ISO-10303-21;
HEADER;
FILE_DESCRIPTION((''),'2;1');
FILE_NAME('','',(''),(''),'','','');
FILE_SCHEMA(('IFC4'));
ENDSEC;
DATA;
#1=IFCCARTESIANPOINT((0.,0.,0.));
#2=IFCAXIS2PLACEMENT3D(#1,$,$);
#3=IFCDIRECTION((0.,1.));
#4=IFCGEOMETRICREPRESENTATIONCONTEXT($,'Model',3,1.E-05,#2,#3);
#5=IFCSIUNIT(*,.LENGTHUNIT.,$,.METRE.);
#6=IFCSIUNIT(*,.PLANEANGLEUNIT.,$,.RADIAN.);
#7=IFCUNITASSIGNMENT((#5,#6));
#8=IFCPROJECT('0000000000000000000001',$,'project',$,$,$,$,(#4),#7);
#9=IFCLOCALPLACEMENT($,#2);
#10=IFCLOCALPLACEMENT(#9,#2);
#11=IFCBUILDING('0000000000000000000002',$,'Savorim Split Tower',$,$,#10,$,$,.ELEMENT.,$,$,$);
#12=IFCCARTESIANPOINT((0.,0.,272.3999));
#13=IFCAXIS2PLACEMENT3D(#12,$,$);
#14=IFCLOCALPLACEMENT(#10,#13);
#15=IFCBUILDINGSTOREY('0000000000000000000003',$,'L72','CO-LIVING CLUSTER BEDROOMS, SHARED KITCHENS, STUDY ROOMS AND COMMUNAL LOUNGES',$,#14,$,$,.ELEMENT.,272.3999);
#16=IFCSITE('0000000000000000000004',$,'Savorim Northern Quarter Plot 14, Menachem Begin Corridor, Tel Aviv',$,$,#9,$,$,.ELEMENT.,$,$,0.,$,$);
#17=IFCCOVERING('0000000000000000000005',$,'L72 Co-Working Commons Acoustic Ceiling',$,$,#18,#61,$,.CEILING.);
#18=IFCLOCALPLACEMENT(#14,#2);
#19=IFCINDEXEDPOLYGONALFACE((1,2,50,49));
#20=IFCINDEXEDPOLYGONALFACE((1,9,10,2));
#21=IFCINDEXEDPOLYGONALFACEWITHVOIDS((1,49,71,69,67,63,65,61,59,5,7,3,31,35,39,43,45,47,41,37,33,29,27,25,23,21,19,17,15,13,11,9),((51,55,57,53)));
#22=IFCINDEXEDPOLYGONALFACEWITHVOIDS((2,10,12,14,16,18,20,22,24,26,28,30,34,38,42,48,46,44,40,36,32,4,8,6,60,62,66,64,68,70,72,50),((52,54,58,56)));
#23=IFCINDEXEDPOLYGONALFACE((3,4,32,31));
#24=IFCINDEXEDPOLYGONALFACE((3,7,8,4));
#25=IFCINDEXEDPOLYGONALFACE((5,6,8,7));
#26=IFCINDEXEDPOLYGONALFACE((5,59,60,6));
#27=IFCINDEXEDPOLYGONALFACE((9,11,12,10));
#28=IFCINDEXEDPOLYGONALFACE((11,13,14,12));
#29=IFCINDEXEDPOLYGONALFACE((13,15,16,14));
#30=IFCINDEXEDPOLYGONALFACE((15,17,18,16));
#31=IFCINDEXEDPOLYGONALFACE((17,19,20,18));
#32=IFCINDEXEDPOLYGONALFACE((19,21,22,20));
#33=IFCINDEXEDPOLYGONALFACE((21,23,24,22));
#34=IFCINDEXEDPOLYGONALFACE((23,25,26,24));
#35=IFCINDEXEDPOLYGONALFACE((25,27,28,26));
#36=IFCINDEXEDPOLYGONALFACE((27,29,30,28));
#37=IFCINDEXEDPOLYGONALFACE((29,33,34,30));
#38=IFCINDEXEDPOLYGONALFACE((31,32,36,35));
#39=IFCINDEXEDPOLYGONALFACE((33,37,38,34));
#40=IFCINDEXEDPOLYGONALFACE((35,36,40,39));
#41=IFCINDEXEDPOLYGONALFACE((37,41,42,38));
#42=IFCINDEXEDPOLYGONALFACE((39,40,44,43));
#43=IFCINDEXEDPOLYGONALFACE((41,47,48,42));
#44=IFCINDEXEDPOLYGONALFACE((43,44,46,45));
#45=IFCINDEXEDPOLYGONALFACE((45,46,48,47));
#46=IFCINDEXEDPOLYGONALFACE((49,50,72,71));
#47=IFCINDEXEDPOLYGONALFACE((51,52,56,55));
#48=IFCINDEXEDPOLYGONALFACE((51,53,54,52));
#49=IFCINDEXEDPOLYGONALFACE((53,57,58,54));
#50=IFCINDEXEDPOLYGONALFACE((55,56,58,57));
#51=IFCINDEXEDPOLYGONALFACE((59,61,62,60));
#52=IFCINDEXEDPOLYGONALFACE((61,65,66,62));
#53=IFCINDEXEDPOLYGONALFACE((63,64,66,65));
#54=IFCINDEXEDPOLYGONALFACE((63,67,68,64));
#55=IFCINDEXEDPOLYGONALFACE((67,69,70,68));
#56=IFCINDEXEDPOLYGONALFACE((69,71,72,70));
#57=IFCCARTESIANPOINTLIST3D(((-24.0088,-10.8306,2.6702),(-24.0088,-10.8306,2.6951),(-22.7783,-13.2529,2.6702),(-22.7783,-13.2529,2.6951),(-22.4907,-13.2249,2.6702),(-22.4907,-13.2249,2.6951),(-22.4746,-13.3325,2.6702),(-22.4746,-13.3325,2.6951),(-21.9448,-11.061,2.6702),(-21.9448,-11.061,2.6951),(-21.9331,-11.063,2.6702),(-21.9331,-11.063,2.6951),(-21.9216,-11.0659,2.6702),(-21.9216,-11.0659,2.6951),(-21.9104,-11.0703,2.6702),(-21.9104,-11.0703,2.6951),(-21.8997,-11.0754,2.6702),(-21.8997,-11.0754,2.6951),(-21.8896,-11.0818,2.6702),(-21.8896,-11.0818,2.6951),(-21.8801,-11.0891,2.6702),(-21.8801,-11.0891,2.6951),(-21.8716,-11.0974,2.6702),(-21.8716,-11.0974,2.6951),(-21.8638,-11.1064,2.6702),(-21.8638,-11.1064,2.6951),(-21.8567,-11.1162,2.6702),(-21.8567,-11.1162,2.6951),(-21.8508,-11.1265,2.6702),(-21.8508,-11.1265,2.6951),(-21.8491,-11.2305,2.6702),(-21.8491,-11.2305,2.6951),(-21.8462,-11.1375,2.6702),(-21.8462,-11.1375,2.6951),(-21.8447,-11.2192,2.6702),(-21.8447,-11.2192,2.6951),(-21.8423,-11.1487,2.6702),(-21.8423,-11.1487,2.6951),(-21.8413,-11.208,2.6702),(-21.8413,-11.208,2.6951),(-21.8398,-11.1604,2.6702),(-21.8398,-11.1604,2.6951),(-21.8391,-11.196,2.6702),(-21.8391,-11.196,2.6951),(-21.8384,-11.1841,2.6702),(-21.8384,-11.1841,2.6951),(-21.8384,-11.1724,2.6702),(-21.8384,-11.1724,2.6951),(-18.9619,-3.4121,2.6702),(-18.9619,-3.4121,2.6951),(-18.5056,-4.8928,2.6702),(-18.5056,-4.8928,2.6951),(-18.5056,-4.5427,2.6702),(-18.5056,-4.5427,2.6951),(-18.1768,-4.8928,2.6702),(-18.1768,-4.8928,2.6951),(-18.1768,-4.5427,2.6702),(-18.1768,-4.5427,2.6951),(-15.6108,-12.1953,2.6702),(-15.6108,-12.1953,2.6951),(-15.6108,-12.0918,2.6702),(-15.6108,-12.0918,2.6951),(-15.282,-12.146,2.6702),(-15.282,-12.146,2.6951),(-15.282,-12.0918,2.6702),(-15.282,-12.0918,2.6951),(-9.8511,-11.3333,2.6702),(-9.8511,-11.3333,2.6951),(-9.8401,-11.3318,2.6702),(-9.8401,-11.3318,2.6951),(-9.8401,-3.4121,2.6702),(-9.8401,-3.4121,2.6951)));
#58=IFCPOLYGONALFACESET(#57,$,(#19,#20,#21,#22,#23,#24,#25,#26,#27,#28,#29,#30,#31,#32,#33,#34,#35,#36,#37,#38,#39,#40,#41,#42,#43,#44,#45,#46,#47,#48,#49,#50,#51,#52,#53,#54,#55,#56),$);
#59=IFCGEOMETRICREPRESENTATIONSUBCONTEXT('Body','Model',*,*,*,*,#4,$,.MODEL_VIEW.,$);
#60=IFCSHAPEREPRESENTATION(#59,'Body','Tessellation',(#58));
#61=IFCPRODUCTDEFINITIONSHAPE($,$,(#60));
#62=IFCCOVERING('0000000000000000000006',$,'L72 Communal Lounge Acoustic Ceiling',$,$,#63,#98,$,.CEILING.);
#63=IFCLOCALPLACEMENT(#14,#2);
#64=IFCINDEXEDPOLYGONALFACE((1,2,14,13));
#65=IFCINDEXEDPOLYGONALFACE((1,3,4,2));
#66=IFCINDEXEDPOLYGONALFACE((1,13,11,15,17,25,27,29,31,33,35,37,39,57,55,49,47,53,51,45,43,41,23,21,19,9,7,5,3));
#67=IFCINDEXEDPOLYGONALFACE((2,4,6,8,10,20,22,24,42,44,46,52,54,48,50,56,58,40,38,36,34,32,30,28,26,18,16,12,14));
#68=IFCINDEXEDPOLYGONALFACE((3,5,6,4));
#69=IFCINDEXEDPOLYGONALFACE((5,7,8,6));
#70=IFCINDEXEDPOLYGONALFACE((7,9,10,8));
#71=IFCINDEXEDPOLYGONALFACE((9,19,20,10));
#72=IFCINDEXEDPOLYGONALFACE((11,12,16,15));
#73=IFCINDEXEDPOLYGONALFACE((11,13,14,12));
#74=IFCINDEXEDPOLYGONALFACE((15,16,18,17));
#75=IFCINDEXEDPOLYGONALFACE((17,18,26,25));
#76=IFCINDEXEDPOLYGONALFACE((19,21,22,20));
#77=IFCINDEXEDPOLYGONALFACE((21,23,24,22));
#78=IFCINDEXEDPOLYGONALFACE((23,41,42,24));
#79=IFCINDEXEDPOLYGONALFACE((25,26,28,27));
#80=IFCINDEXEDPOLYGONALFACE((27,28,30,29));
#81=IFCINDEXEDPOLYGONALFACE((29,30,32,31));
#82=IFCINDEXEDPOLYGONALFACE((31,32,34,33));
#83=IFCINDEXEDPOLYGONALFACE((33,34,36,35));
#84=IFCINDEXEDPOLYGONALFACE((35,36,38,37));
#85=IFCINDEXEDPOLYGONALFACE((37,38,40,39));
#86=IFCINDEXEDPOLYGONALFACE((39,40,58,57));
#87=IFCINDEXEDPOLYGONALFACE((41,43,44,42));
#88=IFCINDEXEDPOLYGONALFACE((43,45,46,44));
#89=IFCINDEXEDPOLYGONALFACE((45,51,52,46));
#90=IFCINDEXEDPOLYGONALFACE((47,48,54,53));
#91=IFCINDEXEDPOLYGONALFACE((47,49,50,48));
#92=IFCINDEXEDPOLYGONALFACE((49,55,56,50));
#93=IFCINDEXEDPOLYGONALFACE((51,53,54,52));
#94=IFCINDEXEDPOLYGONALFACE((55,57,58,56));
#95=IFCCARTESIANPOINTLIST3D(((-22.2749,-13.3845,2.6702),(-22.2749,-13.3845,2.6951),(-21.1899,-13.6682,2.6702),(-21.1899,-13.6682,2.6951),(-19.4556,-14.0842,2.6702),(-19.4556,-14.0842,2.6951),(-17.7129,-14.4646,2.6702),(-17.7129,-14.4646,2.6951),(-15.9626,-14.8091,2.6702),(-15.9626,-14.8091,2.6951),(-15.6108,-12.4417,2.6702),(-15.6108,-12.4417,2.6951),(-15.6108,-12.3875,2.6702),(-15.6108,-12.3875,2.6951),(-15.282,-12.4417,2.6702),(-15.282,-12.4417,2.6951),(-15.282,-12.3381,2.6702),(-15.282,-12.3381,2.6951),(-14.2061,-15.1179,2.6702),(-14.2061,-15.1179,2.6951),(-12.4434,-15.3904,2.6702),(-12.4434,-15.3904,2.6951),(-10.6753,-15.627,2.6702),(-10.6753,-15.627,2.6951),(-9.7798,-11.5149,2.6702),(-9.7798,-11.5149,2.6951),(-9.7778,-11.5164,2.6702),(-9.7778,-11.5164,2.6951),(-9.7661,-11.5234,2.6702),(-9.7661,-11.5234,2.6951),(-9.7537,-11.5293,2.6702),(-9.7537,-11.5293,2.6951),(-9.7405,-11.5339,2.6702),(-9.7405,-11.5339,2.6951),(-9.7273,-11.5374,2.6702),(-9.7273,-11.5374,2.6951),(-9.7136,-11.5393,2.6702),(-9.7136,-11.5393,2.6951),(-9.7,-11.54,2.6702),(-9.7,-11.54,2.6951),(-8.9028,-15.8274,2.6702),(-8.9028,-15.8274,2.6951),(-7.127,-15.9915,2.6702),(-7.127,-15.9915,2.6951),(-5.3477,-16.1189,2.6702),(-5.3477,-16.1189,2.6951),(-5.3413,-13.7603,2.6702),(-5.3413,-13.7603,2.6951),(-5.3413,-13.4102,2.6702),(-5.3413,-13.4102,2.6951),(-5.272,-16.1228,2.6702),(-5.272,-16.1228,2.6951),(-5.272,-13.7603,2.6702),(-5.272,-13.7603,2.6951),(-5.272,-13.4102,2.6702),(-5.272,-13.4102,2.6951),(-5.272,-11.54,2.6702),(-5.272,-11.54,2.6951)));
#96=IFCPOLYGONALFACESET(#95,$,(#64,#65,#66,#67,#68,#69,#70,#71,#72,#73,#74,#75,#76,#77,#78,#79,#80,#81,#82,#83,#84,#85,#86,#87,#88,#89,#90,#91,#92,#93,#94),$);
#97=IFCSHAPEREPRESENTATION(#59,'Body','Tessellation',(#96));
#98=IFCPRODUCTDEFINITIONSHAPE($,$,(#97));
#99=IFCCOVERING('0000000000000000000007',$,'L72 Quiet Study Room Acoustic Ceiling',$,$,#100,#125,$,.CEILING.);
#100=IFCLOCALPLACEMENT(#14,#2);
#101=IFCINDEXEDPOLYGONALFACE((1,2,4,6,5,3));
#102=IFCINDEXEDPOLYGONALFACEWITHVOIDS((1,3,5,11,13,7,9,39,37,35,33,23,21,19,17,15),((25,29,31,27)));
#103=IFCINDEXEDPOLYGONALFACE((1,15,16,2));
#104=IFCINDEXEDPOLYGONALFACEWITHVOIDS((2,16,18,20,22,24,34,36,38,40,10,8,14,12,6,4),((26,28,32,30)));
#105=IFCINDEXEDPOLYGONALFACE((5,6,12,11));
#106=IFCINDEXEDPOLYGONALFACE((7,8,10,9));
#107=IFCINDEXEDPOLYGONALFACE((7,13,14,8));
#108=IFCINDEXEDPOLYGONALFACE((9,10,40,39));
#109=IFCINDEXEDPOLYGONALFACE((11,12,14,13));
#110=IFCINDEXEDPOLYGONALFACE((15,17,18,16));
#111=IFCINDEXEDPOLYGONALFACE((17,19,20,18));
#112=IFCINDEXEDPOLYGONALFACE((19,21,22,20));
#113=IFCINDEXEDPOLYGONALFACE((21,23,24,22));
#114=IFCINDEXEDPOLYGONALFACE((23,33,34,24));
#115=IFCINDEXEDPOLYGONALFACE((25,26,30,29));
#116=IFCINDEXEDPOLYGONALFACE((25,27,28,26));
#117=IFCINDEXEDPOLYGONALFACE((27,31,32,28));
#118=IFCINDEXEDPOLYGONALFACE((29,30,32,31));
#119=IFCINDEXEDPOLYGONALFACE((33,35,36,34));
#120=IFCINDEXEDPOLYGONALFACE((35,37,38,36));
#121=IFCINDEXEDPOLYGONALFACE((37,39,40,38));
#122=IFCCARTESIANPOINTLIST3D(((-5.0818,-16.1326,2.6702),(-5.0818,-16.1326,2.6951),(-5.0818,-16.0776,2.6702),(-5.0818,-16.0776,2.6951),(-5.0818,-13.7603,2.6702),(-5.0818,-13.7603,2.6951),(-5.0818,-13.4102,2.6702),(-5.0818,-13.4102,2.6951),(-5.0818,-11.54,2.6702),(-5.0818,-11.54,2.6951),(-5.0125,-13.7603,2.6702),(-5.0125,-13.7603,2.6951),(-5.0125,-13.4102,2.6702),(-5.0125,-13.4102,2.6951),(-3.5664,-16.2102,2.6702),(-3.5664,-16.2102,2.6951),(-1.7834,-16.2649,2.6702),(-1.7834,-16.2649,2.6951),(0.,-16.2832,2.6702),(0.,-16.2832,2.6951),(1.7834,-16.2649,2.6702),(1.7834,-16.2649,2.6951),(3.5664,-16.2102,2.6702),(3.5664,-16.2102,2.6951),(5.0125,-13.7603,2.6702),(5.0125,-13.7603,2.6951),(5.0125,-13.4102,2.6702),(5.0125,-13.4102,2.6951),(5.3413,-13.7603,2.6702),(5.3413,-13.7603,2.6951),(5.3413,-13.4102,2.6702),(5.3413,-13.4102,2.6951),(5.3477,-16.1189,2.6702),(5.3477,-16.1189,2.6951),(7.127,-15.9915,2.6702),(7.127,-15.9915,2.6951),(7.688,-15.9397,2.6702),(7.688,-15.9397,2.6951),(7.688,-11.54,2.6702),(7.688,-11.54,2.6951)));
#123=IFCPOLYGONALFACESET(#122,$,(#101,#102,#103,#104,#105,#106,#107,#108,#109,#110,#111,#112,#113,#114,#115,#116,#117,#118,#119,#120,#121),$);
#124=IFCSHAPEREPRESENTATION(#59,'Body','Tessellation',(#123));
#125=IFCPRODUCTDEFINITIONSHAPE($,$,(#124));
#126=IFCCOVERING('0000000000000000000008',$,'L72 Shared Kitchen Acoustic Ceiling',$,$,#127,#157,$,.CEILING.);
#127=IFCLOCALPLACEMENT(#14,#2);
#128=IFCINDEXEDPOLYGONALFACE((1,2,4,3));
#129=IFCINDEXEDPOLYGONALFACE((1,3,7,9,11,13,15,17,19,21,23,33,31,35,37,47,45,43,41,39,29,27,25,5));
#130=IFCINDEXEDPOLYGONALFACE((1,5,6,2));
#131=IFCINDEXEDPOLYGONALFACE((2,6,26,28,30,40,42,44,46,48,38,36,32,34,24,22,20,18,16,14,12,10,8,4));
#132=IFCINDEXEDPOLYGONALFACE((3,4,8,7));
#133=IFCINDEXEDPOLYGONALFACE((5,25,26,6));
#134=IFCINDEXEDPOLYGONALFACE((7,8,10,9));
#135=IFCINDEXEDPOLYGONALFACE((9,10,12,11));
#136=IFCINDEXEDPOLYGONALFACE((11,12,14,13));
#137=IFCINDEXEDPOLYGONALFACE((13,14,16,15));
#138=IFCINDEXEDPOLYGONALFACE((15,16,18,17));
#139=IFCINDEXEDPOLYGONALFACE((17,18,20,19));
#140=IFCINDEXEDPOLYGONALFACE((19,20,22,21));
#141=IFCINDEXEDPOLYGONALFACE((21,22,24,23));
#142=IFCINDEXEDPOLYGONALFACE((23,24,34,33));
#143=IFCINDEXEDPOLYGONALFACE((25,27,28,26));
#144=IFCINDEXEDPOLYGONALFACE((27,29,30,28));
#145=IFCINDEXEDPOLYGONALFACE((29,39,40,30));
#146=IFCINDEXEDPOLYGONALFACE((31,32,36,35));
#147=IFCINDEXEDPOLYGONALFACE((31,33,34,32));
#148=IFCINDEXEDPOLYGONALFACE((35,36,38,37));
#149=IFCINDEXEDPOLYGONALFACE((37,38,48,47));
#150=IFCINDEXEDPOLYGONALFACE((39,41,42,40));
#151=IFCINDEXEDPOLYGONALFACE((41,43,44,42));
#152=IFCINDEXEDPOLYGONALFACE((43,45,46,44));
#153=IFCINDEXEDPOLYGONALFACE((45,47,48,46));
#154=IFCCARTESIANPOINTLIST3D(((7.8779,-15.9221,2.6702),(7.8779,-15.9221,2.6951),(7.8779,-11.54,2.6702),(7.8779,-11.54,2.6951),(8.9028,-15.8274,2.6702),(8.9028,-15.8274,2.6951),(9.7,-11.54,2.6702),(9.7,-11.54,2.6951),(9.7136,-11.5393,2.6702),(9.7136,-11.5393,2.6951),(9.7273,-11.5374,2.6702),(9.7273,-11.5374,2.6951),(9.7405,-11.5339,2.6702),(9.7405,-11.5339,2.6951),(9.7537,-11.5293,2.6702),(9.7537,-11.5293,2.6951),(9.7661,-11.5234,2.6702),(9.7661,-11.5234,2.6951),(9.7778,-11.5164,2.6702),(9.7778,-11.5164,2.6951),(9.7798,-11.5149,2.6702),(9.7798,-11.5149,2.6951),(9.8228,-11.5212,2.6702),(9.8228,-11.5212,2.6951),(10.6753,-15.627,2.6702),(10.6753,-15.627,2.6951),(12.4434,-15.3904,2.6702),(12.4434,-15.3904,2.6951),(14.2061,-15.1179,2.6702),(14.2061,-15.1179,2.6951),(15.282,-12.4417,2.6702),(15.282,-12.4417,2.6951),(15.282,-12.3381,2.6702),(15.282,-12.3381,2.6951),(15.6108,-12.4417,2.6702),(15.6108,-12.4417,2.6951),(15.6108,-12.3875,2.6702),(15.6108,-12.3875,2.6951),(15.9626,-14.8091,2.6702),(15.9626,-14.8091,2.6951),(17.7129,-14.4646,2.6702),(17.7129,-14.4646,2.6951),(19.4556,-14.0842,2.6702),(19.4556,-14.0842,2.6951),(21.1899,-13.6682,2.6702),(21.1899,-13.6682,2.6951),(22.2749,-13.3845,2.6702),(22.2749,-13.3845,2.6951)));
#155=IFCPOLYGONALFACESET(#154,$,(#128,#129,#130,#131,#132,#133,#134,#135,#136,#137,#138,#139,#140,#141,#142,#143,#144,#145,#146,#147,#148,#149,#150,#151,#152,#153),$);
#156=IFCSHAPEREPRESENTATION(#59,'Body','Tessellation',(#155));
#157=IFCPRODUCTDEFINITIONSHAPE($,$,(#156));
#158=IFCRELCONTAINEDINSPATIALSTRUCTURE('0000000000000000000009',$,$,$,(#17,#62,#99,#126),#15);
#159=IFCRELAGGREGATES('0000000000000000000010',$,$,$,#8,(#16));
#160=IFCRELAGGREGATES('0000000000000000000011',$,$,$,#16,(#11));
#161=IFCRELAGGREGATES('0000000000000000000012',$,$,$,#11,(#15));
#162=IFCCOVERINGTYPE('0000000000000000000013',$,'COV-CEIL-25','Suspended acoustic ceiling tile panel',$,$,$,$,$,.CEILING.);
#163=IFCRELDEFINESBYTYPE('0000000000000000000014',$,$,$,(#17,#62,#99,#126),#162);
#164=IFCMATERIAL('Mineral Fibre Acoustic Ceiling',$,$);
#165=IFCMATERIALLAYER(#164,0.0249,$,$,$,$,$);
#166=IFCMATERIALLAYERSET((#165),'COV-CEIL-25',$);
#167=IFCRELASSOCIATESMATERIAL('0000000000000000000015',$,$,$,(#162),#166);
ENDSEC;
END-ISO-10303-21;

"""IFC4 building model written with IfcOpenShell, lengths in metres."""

from ifc_helpers import new_model, si_unit, direction, frame, origin, place, context, subcontext, project, spatial, polyline, outline, extrude, material, layer, layer_set, type_object, element, save


model = new_model("IFC4")

# Units and contexts
model_context = context("Model", 3, precision=1e-05, world=origin(), true_north=direction((0.0, 1.0)))
body_context = subcontext(model_context, "Body", "Model", "MODEL_VIEW")
ifc_project = project(units=[si_unit("LENGTHUNIT", "METRE"), si_unit("PLANEANGLEUNIT", "RADIAN")], contexts=[model_context])

# Site, building, storey
site_placement = place(None, origin())
site = spatial("IfcSite", under=ifc_project, at=site_placement, Name="Savorim Northern Quarter Plot 14, Menachem Begin Corridor, Tel Aviv", CompositionType="ELEMENT", RefElevation=0.0)
building_placement = place(site_placement, origin())
building = spatial("IfcBuilding", under=site, at=building_placement, Name="Savorim Split Tower", CompositionType="ELEMENT")
storey_placement = place(building_placement, frame((0.0, 0.0, 272.3999)))
storey = spatial("IfcBuildingStorey", under=building, at=storey_placement, Name="L72", Description="CO-LIVING CLUSTER BEDROOMS, SHARED KITCHENS, STUDY ROOMS AND COMMUNAL LOUNGES", CompositionType="ELEMENT", Elevation=272.3999)

# Coverings
ifc_material_1 = material(Name="Mineral Fibre Acoustic Ceiling")
ifc_layer_1 = layer(ifc_material_1, 0.0249)
ifc_layer_set_1 = layer_set([ifc_layer_1], Name="COV-CEIL-25")
covering_type_1 = type_object("IfcCoveringType", Name="COV-CEIL-25", Description="Suspended acoustic ceiling tile panel", PredefinedType="CEILING", material=ifc_layer_set_1)
covering_1_placement = place(storey_placement, frame((0.0, 0.0, 2.6702)))
element("IfcCovering", 1, at=covering_1_placement, inside=storey, type_object=covering_type_1, Name="L72 Co-Working Commons Acoustic Ceiling", PredefinedType="CEILING", context=body_context, shape_type="SweptSolid", body=[
    extrude(outline(polyline([(-21.8384, -11.1724), (-21.8384, -11.1841), (-21.8391, -11.196), (-21.8413, -11.208), (-21.8447, -11.2192), (-21.8491, -11.2305), (-22.7783, -13.2529), (-22.4746, -13.3325), (-22.4907, -13.2249), (-15.6108, -12.1953), (-15.6108, -12.0918), (-15.282, -12.0918), (-15.282, -12.146), (-9.8511, -11.3333), (-9.8401, -11.3318), (-9.8401, -3.4121), (-18.9619, -3.4121), (-24.0088, -10.8306), (-21.9448, -11.061), (-21.9331, -11.063), (-21.9216, -11.0659), (-21.9104, -11.0703), (-21.8997, -11.0754), (-21.8896, -11.0818), (-21.8801, -11.0891), (-21.8716, -11.0974), (-21.8638, -11.1064), (-21.8567, -11.1162), (-21.8508, -11.1265), (-21.8462, -11.1375), (-21.8423, -11.1487), (-21.8398, -11.1604), (-21.8384, -11.1724)]), holes=[polyline([(-18.5056, -4.8928), (-18.1768, -4.8928), (-18.1768, -4.5427), (-18.5056, -4.5427), (-18.5056, -4.8928)])]), origin(), (0.0, 0.0, 1.0), 0.0249),
])
covering_2_placement = place(storey_placement, frame((0.0, 0.0, 2.6702)))
element("IfcCovering", 2, at=covering_2_placement, inside=storey, type_object=covering_type_1, Name="L72 Communal Lounge Acoustic Ceiling", PredefinedType="CEILING", context=body_context, shape_type="SweptSolid", body=[
    extrude(outline(polyline([(-10.6753, -15.627), (-8.9028, -15.8274), (-7.127, -15.9915), (-5.3477, -16.1189), (-5.272, -16.1228), (-5.272, -13.7603), (-5.3413, -13.7603), (-5.3413, -13.4102), (-5.272, -13.4102), (-5.272, -11.54), (-9.7, -11.54), (-9.7136, -11.5393), (-9.7273, -11.5374), (-9.7405, -11.5339), (-9.7537, -11.5293), (-9.7661, -11.5234), (-9.7778, -11.5164), (-9.7798, -11.5149), (-15.282, -12.3381), (-15.282, -12.4417), (-15.6108, -12.4417), (-15.6108, -12.3875), (-22.2749, -13.3845), (-21.1899, -13.6682), (-19.4556, -14.0842), (-17.7129, -14.4646), (-15.9626, -14.8091), (-14.2061, -15.1179), (-12.4434, -15.3904), (-10.6753, -15.627)])), origin(), (0.0, 0.0, 1.0), 0.0249),
])
covering_3_placement = place(storey_placement, frame((0.0, 0.0, 2.6702)))
element("IfcCovering", 3, at=covering_3_placement, inside=storey, type_object=covering_type_1, Name="L72 Quiet Study Room Acoustic Ceiling", PredefinedType="CEILING", context=body_context, shape_type="SweptSolid", body=[
    extrude(outline(polyline([(3.5664, -16.2102), (5.3477, -16.1189), (7.127, -15.9915), (7.688, -15.9397), (7.688, -11.54), (-5.0818, -11.54), (-5.0818, -13.4102), (-5.0125, -13.4102), (-5.0125, -13.7603), (-5.0818, -13.7603), (-5.0818, -16.0776), (-5.0818, -16.1326), (-3.5664, -16.2102), (-1.7834, -16.2649), (0.0, -16.2832), (1.7834, -16.2649), (3.5664, -16.2102)]), holes=[polyline([(5.0125, -13.7603), (5.3413, -13.7603), (5.3413, -13.4102), (5.0125, -13.4102), (5.0125, -13.7603)])]), origin(), (0.0, 0.0, 1.0), 0.0249),
])
covering_4_placement = place(storey_placement, frame((0.0, 0.0, 2.6702)))
element("IfcCovering", 4, at=covering_4_placement, inside=storey, type_object=covering_type_1, Name="L72 Shared Kitchen Acoustic Ceiling", PredefinedType="CEILING", context=body_context, shape_type="SweptSolid", body=[
    extrude(outline(polyline([(15.9626, -14.8091), (17.7129, -14.4646), (19.4556, -14.0842), (21.1899, -13.6682), (22.2749, -13.3845), (15.6108, -12.3875), (15.6108, -12.4417), (15.282, -12.4417), (15.282, -12.3381), (9.8228, -11.5212), (9.7798, -11.5149), (9.7778, -11.5164), (9.7661, -11.5234), (9.7537, -11.5293), (9.7405, -11.5339), (9.7273, -11.5374), (9.7136, -11.5393), (9.7, -11.54), (7.8779, -11.54), (7.8779, -15.9221), (8.9028, -15.8274), (10.6753, -15.627), (12.4434, -15.3904), (14.2061, -15.1179), (15.9626, -14.8091)])), origin(), (0.0, 0.0, 1.0), 0.0249),
])

save(model, "model.ifc")
